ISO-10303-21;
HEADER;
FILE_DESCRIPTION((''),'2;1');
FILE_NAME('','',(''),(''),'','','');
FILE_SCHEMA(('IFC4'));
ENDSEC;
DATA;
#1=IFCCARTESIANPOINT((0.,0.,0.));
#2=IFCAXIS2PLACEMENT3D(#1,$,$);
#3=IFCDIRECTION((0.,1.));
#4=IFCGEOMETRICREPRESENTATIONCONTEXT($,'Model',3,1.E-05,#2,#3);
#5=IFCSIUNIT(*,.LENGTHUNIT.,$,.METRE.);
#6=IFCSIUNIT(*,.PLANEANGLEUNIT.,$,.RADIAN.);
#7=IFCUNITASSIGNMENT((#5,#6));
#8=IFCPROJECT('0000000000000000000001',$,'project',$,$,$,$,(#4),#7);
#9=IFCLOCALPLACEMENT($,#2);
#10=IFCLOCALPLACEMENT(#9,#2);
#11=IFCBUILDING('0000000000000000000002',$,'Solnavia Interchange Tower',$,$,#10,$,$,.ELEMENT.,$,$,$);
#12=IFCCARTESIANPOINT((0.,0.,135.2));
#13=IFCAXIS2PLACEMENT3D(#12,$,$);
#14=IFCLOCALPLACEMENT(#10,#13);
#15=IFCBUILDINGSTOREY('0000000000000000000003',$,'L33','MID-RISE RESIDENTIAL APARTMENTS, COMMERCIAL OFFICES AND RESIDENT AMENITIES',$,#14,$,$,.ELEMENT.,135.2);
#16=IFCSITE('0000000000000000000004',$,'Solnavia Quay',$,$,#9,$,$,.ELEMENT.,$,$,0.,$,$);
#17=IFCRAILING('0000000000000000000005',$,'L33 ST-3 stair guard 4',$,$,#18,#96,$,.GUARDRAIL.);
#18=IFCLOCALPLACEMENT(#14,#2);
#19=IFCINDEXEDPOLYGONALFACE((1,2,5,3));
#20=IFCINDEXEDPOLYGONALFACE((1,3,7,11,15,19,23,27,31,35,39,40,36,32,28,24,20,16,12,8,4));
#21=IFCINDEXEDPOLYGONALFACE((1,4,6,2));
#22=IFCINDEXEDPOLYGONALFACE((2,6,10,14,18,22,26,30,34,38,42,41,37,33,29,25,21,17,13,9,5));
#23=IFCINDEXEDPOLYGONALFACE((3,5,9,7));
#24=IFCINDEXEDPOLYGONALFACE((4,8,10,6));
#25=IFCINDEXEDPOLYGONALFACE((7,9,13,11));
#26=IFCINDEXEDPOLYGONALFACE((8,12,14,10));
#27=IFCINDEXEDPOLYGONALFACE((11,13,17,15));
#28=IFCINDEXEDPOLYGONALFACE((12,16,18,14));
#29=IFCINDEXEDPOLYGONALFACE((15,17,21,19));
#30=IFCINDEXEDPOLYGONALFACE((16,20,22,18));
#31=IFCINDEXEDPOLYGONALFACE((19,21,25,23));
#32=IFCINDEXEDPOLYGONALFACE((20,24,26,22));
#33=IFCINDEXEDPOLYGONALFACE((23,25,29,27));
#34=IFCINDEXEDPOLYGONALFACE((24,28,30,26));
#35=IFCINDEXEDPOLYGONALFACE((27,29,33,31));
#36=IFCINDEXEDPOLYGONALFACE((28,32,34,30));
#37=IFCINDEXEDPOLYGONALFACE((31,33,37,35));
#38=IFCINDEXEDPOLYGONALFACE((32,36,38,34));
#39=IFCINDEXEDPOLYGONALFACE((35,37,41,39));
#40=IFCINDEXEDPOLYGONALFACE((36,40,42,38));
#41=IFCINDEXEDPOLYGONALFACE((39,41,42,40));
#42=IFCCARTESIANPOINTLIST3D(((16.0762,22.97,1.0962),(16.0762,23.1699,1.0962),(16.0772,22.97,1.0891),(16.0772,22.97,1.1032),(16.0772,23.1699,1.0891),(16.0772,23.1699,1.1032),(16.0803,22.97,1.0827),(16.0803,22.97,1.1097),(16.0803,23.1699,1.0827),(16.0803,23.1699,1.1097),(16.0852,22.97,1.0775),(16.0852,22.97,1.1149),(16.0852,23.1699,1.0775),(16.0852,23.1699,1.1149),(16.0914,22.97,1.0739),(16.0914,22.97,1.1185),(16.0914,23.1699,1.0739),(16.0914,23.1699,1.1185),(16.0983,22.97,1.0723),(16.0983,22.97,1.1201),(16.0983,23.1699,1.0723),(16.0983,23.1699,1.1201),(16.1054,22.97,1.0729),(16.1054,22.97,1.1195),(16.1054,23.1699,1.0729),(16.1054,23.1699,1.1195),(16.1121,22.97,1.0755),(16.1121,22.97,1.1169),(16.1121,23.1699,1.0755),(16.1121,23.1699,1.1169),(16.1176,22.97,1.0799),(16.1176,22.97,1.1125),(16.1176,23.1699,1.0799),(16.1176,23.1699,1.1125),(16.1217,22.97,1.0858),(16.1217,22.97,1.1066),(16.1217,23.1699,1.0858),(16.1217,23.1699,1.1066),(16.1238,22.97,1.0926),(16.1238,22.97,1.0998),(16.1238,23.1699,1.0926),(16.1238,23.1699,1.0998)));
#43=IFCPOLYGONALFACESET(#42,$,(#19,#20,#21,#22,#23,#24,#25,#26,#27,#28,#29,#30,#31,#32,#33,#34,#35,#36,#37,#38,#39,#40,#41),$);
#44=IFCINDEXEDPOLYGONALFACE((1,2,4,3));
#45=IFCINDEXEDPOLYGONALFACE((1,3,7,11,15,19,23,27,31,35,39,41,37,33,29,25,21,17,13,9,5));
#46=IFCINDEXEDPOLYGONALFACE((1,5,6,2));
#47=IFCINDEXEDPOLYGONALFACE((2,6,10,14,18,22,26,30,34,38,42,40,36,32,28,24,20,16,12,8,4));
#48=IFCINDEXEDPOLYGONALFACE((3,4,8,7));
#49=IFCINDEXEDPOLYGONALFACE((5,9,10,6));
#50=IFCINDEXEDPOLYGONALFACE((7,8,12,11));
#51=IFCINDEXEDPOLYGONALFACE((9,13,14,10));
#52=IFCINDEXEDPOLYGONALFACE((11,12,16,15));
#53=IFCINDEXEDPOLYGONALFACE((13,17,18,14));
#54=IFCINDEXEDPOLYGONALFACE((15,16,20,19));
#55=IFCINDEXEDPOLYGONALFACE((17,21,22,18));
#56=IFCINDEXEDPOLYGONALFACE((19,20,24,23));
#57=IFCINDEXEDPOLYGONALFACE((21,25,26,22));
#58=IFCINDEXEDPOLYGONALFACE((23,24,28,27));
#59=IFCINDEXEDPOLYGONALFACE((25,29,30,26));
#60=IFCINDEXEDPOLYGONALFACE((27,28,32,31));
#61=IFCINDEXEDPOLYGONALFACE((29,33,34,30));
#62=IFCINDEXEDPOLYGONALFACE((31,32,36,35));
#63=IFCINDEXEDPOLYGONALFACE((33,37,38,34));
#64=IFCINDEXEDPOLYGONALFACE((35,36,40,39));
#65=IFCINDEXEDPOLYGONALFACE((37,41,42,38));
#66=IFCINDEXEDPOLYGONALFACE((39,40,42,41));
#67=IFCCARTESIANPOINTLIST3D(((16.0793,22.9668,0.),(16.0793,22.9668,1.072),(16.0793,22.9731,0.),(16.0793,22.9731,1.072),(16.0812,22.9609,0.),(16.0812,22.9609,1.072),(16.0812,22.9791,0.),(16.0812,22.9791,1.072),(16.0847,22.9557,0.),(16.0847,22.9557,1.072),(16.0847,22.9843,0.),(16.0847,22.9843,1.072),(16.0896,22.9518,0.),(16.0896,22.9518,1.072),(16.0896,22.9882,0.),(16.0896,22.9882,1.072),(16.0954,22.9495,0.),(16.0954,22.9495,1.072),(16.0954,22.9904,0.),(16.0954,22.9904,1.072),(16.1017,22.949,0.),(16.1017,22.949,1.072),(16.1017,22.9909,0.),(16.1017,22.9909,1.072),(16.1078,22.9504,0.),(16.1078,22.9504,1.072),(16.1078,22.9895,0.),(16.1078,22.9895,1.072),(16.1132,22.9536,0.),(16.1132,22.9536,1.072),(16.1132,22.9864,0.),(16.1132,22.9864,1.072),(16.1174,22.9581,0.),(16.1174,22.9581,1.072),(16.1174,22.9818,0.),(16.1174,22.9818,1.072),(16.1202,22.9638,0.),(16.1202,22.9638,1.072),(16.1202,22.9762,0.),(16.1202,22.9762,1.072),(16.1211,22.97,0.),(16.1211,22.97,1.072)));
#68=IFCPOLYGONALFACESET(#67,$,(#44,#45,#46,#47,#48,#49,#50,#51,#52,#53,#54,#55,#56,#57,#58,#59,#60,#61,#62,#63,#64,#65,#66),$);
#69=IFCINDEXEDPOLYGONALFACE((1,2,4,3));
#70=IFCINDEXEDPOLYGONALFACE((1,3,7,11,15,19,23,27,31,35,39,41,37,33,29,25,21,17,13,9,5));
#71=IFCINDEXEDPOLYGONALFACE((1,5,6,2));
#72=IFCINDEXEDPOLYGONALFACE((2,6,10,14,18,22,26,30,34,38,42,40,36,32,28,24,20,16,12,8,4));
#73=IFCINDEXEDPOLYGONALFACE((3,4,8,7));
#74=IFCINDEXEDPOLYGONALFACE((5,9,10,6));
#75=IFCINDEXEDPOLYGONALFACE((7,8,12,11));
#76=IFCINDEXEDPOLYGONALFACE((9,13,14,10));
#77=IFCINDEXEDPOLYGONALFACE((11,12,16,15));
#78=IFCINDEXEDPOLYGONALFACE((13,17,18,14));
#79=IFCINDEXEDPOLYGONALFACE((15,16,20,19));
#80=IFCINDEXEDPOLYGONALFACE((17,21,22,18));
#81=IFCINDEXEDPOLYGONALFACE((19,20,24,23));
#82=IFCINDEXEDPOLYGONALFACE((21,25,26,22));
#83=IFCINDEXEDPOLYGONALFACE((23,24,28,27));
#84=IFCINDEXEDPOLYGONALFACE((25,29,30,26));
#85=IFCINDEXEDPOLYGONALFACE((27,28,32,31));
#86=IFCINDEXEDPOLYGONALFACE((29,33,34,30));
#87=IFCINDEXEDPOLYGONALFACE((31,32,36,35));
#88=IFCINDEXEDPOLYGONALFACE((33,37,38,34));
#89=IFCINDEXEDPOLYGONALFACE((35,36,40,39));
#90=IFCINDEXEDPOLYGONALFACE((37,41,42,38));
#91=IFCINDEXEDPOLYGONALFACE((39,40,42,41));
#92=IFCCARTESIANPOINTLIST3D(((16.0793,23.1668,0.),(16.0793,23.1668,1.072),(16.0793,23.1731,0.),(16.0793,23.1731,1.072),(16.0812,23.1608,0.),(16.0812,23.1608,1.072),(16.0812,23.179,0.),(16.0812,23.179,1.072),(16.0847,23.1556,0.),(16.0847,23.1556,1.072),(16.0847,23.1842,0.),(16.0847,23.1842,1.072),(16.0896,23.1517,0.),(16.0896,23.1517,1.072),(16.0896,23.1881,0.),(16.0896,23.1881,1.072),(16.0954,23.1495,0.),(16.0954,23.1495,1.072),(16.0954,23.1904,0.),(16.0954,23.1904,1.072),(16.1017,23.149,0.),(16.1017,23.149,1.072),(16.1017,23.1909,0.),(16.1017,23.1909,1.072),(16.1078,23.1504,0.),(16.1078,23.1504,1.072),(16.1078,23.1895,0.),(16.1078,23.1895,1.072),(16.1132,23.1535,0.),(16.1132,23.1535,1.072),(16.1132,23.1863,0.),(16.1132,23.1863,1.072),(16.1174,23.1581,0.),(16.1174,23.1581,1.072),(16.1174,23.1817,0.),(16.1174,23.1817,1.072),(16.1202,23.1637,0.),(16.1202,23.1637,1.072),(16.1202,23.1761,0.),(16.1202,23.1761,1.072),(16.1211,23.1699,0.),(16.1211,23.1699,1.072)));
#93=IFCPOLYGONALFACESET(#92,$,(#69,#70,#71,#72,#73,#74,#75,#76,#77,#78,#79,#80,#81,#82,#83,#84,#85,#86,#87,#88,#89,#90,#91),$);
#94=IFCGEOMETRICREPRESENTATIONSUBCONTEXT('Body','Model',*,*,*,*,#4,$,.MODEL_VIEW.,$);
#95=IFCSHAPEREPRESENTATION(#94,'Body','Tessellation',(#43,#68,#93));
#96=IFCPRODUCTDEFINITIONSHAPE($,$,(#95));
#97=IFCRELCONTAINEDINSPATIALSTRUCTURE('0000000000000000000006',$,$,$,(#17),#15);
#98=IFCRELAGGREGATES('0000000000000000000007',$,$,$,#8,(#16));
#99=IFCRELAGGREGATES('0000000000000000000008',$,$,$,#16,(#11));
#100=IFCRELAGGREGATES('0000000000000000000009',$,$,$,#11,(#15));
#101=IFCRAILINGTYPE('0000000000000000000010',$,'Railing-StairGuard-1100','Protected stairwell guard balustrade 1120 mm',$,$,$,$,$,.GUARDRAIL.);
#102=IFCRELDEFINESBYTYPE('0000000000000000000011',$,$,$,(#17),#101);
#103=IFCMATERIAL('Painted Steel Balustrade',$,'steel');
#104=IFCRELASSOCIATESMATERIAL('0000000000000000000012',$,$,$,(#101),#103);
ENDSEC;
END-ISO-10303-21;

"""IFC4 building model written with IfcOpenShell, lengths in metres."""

from ifc_helpers import new_model, si_unit, direction, frame, origin, origin_2d, place, context, subcontext, project, spatial, circle, extrude, material, type_object, element, save


model = new_model("IFC4")

# Units and contexts
model_context = context("Model", 3, precision=1e-05, world=origin(), true_north=direction((0.0, 1.0)))
body_context = subcontext(model_context, "Body", "Model", "MODEL_VIEW")
ifc_project = project(units=[si_unit("LENGTHUNIT", "METRE"), si_unit("PLANEANGLEUNIT", "RADIAN")], contexts=[model_context])

# Site, building, storey
site_placement = place(None, origin())
site = spatial("IfcSite", under=ifc_project, at=site_placement, Name="Solnavia Quay", CompositionType="ELEMENT", RefElevation=0.0)
building_placement = place(site_placement, origin())
building = spatial("IfcBuilding", under=site, at=building_placement, Name="Solnavia Interchange Tower", CompositionType="ELEMENT")
storey_placement = place(building_placement, frame((0.0, 0.0, 135.2)))
storey = spatial("IfcBuildingStorey", under=building, at=storey_placement, Name="L33", Description="MID-RISE RESIDENTIAL APARTMENTS, COMMERCIAL OFFICES AND RESIDENT AMENITIES", CompositionType="ELEMENT", Elevation=135.2)

# Railing
ifc_material_1 = material(Name="Painted Steel Balustrade", Category="steel")
railing_type_1 = type_object("IfcRailingType", Name="Railing-StairGuard-1100", Description="Protected stairwell guard balustrade 1120 mm", PredefinedType="GUARDRAIL", material=ifc_material_1)
railing_1_placement = place(storey_placement, frame((16.1001, 22.97, 0.0)))
element("IfcRailing", 1, at=railing_1_placement, inside=storey, type_object=railing_type_1, Name="L33 ST-3 stair guard 4", PredefinedType="GUARDRAIL", context=body_context, shape_type="SweptSolid", body=[
    extrude(circle(Radius=0.0239, at=origin_2d()), frame((0.0, 0.0, 1.0962), z_axis=(0.0, 1.0, 0.0), x_axis=(-1.0, 0.0, 0.0)), (0.0, 0.0, 1.0), 0.2),
    extrude(circle(Radius=0.021, at=origin_2d()), origin(), (0.0, 0.0, 1.0), 1.072),
    extrude(circle(Radius=0.021, at=origin_2d()), frame((0.0, 0.2, 0.0)), (0.0, 0.0, 1.0), 1.072),
])

save(model, "model.ifc")
